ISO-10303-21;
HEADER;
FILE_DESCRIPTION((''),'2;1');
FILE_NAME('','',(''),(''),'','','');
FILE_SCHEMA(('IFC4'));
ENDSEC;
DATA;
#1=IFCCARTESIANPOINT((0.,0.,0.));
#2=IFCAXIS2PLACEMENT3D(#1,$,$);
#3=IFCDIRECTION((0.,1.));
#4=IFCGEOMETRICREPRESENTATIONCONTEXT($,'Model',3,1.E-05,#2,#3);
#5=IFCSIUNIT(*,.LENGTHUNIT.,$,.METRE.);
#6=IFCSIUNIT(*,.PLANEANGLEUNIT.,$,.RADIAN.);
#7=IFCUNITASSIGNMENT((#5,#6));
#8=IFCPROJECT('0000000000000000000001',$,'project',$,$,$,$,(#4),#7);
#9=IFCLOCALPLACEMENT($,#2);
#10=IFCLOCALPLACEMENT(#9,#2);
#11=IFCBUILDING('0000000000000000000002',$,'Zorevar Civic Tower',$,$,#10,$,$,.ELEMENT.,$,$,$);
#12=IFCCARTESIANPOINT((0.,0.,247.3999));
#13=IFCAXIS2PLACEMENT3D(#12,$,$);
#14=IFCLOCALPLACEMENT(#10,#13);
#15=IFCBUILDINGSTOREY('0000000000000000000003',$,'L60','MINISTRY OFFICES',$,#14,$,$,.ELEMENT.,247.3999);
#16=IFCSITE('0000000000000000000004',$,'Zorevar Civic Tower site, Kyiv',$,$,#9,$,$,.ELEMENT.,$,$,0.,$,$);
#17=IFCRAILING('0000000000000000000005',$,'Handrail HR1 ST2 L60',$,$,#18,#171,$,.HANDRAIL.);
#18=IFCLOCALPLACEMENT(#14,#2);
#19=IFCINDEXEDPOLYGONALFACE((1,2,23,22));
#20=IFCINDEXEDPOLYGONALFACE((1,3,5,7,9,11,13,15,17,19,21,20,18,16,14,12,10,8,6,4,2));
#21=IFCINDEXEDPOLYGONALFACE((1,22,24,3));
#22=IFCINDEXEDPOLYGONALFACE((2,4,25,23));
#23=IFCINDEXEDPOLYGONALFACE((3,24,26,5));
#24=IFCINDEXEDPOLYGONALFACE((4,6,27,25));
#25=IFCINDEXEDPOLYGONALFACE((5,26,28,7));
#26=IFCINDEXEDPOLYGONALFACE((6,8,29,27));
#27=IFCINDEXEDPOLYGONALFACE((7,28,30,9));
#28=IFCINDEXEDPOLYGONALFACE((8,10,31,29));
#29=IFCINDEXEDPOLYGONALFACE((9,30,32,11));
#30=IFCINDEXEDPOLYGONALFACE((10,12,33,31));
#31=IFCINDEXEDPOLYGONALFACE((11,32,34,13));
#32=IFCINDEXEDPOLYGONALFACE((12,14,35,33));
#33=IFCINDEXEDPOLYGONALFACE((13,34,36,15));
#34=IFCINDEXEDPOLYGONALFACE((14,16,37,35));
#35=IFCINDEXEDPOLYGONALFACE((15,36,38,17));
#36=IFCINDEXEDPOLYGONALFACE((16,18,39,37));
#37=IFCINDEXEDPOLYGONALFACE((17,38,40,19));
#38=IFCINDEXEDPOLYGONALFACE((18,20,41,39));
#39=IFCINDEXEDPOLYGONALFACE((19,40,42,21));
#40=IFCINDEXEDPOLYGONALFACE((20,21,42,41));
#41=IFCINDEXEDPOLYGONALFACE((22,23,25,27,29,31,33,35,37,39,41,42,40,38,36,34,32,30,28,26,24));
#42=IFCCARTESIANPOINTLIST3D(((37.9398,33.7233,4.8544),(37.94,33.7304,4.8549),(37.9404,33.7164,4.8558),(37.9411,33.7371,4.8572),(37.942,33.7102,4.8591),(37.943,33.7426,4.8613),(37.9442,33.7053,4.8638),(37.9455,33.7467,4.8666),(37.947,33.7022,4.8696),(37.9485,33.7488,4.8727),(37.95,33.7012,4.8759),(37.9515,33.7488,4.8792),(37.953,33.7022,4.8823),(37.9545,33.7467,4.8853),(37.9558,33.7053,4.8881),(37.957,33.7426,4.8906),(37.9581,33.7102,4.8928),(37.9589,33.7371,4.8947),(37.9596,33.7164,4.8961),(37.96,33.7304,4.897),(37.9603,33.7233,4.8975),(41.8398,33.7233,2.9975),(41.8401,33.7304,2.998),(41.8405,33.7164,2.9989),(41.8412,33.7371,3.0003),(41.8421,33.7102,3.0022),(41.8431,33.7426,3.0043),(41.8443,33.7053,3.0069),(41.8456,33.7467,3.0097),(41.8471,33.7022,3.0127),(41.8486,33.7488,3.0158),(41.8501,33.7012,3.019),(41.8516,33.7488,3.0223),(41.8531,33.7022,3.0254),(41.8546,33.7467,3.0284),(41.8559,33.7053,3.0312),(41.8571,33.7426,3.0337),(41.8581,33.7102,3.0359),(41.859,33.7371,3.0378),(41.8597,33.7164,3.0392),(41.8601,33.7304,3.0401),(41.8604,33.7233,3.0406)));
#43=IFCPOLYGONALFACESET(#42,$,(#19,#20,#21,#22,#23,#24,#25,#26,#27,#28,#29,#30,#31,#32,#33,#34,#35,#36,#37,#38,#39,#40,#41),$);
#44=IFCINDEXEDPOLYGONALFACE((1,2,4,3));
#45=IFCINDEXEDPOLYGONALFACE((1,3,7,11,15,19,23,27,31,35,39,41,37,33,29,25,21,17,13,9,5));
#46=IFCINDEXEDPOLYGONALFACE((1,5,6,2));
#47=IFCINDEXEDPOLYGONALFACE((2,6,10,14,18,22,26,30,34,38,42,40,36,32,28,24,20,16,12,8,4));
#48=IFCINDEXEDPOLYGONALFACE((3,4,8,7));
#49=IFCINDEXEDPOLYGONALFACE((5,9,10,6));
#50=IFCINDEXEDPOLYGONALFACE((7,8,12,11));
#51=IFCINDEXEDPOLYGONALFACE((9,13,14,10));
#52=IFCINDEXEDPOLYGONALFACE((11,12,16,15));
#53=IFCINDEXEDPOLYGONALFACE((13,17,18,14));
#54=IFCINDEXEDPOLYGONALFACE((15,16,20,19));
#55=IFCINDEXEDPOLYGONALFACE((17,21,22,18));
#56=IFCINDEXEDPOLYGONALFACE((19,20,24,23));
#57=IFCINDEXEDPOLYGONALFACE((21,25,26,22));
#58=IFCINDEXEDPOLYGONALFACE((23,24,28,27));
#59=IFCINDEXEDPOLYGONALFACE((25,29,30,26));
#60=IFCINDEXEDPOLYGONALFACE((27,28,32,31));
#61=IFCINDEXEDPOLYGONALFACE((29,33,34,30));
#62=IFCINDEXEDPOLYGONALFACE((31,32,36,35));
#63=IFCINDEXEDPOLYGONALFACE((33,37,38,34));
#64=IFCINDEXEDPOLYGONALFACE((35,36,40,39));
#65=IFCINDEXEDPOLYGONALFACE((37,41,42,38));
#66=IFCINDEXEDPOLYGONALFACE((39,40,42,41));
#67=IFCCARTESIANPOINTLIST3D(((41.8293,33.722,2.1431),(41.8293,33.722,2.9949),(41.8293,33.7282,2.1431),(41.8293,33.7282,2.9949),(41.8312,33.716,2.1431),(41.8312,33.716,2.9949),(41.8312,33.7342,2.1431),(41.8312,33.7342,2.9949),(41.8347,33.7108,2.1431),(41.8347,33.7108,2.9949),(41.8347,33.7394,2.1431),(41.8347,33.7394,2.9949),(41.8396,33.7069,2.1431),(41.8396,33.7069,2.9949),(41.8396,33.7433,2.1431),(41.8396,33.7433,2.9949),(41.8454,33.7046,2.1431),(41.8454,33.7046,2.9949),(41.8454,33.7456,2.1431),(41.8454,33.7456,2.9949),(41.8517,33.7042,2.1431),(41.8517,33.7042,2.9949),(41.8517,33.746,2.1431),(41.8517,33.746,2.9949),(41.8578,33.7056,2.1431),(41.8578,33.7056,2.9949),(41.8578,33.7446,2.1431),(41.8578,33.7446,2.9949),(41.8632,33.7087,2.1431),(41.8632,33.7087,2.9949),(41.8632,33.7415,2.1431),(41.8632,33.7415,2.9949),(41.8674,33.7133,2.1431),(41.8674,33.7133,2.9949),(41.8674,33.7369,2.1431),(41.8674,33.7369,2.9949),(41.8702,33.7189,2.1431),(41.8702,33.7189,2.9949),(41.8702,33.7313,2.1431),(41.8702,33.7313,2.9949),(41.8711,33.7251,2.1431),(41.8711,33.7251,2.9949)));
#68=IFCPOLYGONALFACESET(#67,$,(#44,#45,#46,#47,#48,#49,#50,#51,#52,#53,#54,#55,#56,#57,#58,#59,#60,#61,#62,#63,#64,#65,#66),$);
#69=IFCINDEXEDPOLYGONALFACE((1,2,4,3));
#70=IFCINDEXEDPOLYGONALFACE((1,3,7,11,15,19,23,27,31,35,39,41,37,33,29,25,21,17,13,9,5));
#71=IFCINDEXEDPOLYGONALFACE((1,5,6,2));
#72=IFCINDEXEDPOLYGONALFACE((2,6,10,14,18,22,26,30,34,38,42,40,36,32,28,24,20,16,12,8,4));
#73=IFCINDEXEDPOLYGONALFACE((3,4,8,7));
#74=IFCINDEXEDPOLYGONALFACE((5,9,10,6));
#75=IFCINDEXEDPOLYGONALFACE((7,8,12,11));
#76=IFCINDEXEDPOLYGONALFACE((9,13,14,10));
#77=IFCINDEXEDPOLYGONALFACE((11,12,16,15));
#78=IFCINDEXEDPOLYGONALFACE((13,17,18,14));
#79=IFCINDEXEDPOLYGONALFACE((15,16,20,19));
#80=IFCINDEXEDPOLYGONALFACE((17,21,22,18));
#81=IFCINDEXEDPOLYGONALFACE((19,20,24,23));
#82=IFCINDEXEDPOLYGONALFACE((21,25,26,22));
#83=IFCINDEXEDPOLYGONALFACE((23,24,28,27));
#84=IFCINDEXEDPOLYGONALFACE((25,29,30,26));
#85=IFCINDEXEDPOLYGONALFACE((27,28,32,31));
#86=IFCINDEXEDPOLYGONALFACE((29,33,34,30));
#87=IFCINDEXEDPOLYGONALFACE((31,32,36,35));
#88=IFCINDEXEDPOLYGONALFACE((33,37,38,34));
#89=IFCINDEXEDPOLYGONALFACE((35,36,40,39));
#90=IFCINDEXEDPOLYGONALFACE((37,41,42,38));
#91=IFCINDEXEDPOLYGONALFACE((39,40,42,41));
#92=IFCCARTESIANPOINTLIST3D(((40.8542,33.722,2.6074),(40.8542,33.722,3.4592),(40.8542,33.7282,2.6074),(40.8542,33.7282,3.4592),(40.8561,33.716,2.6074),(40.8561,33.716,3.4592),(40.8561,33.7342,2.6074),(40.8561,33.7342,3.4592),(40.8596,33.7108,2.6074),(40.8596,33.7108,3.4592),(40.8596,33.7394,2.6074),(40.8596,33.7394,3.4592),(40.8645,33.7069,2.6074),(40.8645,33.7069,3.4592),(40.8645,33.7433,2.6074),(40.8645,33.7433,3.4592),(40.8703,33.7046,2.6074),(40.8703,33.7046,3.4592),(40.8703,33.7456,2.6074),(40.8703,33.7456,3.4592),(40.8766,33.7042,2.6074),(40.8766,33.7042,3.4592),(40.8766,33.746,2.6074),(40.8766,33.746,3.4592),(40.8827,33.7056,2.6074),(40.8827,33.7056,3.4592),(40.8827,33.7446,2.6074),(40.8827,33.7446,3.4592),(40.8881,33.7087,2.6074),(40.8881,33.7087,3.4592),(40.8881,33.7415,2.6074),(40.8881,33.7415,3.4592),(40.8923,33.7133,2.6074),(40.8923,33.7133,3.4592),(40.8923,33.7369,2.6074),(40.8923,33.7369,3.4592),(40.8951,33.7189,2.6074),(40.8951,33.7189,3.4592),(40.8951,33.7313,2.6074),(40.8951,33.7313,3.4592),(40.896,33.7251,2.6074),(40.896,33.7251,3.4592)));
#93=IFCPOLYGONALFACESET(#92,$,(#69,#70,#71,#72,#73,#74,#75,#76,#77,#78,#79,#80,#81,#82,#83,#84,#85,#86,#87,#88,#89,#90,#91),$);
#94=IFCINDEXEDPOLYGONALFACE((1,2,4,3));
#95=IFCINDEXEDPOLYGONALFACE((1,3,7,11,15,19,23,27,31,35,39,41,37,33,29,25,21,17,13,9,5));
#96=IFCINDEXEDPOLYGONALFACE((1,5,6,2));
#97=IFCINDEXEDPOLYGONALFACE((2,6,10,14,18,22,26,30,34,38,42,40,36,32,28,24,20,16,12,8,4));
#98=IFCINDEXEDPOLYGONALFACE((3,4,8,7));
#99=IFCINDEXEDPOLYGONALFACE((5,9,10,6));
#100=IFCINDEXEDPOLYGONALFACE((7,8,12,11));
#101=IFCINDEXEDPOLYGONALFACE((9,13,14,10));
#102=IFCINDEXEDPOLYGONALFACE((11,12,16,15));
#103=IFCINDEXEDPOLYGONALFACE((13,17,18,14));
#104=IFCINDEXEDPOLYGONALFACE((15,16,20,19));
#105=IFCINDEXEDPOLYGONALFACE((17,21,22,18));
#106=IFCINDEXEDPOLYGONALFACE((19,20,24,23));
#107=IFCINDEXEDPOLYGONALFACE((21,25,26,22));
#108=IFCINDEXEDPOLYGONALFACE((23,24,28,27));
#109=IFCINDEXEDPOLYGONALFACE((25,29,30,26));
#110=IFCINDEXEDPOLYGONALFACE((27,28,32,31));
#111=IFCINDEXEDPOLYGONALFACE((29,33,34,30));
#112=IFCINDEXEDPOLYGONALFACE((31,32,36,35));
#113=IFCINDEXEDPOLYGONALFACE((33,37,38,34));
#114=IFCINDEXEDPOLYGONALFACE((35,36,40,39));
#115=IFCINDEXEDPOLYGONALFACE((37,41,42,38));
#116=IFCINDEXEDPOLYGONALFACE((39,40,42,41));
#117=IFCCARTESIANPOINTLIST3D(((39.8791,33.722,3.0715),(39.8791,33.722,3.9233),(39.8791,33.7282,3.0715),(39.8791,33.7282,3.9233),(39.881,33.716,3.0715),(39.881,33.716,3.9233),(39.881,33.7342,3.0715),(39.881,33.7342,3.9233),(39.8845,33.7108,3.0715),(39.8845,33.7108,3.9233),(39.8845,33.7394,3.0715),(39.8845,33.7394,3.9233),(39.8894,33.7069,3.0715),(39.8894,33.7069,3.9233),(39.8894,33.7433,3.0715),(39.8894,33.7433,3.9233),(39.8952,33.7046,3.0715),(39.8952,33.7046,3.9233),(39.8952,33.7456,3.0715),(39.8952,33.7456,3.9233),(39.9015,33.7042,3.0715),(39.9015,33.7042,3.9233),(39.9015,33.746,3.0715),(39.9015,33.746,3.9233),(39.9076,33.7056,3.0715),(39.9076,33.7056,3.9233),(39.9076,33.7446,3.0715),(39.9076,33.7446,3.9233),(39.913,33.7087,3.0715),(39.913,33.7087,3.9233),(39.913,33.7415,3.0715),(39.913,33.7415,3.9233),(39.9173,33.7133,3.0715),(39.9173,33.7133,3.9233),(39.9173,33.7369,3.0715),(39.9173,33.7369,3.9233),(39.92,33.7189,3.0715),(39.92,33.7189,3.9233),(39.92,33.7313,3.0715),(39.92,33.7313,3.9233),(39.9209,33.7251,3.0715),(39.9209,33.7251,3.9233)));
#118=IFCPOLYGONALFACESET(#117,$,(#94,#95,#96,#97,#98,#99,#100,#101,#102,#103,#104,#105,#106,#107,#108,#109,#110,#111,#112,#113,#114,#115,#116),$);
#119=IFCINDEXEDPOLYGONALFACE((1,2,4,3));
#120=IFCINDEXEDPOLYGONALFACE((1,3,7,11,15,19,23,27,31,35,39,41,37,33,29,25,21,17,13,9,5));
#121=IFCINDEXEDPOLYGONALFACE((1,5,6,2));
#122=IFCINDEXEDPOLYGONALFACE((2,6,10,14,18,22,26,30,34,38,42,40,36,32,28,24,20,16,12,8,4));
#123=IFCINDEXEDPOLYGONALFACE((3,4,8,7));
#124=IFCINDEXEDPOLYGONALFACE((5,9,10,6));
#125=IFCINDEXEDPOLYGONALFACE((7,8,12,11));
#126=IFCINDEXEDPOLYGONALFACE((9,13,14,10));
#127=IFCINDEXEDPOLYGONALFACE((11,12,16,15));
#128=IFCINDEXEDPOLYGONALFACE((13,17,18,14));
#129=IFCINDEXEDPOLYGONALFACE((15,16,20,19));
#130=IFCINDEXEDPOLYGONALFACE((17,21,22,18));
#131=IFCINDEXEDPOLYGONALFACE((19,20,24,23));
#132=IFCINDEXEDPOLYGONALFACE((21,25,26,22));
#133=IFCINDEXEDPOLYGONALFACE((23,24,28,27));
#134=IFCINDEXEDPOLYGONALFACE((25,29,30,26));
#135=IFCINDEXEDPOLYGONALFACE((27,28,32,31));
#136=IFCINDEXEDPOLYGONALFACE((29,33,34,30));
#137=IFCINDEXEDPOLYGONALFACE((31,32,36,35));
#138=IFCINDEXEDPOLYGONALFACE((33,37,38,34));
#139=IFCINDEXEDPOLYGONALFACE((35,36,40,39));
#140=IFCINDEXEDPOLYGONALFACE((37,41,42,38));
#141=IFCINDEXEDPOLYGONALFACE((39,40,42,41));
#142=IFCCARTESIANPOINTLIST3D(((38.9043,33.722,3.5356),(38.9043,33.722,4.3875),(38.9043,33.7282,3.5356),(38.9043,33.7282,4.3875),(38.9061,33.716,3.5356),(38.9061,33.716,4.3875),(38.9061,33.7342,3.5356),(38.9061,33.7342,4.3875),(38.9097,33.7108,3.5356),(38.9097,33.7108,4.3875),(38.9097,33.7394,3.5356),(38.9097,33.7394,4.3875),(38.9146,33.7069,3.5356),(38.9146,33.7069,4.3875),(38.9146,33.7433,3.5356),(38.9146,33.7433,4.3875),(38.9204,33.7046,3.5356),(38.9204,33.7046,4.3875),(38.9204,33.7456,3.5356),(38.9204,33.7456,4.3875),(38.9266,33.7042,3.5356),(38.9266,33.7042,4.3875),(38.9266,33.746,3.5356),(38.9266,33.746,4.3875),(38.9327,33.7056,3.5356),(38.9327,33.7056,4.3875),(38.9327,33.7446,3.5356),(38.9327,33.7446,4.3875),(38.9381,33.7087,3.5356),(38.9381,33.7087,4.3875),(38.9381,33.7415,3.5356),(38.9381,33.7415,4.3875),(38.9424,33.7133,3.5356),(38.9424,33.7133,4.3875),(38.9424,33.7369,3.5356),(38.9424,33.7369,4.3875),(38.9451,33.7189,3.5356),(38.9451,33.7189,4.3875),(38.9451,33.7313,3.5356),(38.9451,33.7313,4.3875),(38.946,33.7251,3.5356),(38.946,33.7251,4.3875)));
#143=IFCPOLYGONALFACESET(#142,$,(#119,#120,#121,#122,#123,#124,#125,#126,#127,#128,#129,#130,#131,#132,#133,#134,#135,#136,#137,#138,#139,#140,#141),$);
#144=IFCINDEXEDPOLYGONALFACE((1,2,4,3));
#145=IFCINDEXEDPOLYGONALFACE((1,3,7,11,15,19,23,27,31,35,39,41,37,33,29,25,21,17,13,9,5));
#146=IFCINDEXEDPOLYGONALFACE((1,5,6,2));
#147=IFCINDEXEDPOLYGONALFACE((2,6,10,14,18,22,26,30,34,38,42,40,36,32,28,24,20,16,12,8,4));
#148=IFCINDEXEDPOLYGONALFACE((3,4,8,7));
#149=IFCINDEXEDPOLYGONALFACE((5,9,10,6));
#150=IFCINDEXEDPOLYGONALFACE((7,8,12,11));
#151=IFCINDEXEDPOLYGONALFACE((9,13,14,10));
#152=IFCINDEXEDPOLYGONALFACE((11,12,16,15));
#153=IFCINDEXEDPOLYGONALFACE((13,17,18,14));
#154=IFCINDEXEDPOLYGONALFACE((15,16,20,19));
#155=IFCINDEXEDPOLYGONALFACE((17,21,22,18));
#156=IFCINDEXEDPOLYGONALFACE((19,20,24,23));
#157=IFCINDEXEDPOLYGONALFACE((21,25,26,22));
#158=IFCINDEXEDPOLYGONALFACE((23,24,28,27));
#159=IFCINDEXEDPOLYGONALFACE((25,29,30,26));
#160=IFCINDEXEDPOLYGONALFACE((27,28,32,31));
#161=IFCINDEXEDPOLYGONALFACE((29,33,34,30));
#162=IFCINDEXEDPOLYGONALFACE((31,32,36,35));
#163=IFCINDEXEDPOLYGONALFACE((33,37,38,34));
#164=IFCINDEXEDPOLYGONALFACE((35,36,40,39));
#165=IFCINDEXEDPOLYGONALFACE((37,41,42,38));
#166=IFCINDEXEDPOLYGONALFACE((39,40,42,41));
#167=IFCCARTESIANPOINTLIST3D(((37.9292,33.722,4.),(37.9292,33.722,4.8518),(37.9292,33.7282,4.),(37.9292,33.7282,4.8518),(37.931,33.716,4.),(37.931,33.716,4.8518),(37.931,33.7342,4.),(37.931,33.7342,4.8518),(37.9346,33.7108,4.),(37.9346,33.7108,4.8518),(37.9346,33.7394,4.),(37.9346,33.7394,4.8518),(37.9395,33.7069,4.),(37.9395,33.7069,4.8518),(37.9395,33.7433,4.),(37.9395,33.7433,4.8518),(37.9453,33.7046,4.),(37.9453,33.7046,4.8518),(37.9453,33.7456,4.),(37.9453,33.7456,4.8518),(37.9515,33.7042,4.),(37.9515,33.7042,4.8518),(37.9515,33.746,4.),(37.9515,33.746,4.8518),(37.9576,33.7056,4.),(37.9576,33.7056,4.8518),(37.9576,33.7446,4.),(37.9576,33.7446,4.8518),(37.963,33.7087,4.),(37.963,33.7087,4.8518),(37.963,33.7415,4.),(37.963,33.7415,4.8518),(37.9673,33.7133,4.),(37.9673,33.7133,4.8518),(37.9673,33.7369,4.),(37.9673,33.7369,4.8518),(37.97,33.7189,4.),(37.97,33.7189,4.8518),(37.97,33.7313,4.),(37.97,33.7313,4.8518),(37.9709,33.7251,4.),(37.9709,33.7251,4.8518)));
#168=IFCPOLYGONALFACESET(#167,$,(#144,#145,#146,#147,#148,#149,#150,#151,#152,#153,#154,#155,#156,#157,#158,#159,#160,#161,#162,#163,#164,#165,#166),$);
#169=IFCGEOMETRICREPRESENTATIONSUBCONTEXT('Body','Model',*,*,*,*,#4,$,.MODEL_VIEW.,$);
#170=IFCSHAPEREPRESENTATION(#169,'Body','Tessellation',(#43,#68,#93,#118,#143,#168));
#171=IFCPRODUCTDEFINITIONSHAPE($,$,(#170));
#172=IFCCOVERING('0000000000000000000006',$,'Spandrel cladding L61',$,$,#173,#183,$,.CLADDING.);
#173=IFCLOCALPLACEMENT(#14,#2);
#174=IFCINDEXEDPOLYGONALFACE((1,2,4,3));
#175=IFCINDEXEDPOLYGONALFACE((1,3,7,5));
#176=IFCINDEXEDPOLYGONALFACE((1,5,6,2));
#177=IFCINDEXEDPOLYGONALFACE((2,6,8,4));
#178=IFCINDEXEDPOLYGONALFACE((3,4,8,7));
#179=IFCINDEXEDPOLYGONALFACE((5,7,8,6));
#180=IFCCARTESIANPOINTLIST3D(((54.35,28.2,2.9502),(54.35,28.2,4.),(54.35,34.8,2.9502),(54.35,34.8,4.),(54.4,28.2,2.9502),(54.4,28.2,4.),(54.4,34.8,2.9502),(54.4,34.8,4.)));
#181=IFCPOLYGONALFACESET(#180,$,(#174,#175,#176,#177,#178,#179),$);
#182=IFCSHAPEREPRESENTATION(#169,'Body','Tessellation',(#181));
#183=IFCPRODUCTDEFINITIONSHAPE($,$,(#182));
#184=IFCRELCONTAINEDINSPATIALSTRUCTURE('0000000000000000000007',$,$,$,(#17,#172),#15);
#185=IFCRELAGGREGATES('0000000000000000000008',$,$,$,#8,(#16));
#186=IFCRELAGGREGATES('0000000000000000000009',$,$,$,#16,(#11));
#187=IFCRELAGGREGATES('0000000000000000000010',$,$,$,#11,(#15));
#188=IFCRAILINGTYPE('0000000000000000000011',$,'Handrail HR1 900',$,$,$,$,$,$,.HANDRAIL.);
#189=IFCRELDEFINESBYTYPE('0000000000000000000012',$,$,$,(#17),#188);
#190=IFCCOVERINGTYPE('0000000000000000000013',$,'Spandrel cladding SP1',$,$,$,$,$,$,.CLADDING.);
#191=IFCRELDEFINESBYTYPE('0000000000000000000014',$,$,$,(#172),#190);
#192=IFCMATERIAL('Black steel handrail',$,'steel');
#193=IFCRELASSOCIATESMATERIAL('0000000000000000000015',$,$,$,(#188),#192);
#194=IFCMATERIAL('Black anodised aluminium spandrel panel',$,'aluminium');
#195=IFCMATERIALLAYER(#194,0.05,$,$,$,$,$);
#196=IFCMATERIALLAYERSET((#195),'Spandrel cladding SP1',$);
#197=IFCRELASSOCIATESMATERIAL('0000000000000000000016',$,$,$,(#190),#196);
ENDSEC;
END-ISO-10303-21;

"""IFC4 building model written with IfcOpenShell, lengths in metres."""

from ifc_helpers import new_model, si_unit, direction, frame, frame_2d, origin, origin_2d, place, context, subcontext, project, spatial, rectangle, circle, extrude, material, layer, layer_set, type_object, element, save


model = new_model("IFC4")

# Units and contexts
model_context = context("Model", 3, precision=1e-05, world=origin(), true_north=direction((0.0, 1.0)))
body_context = subcontext(model_context, "Body", "Model", "MODEL_VIEW")
ifc_project = project(units=[si_unit("LENGTHUNIT", "METRE"), si_unit("PLANEANGLEUNIT", "RADIAN")], contexts=[model_context])

# Site, building, storey
site_placement = place(None, origin())
site = spatial("IfcSite", under=ifc_project, at=site_placement, Name="Zorevar Civic Tower site, Kyiv", CompositionType="ELEMENT", RefElevation=0.0)
building_placement = place(site_placement, origin())
building = spatial("IfcBuilding", under=site, at=building_placement, Name="Zorevar Civic Tower", CompositionType="ELEMENT")
storey_placement = place(building_placement, frame((0.0, 0.0, 247.3999)))
storey = spatial("IfcBuildingStorey", under=building, at=storey_placement, Name="L60", Description="MINISTRY OFFICES", CompositionType="ELEMENT", Elevation=247.3999)

# Railing
ifc_material_1 = material(Name="Black steel handrail", Category="steel")
railing_type = type_object("IfcRailingType", Name="Handrail HR1 900", PredefinedType="HANDRAIL", material=ifc_material_1)
railing_placement = place(storey_placement, frame((41.8501, 33.7251, 2.1431)))
element("IfcRailing", 1, at=railing_placement, inside=storey, type_object=railing_type, Name="Handrail HR1 ST2 L60", PredefinedType="HANDRAIL", context=body_context, shape_type="SweptSolid", body=[
    extrude(circle(Radius=0.0239, at=origin_2d()), frame((0.0, 0.0, 0.876), z_axis=(-0.902886, 0.0, 0.429881), x_axis=(0.0, -1.0, 0.0)), (0.0, 0.0, 1.0), 4.3196),
    extrude(circle(Radius=0.021, at=origin_2d()), origin(), (0.0, 0.0, 1.0), 0.8518),
    extrude(circle(Radius=0.021, at=origin_2d()), frame((-0.9751, 0.0, 0.4644)), (0.0, 0.0, 1.0), 0.8518),
    extrude(circle(Radius=0.021, at=origin_2d()), frame((-1.9502, 0.0, 0.9285)), (0.0, 0.0, 1.0), 0.8518),
    extrude(circle(Radius=0.021, at=origin_2d()), frame((-2.925, 0.0, 1.3926)), (0.0, 0.0, 1.0), 0.8518),
    extrude(circle(Radius=0.021, at=origin_2d()), frame((-3.9001, 0.0, 1.8569)), (0.0, 0.0, 1.0), 0.8518),
])

# Covering
ifc_material_2 = material(Name="Black anodised aluminium spandrel panel", Category="aluminium")
ifc_layer_1 = layer(ifc_material_2, 0.05)
ifc_layer_set_1 = layer_set([ifc_layer_1], Name="Spandrel cladding SP1")
covering_type = type_object("IfcCoveringType", Name="Spandrel cladding SP1", PredefinedType="CLADDING", material=ifc_layer_set_1)
covering_placement = place(storey_placement, frame((54.375, 28.2, 2.9502), z_axis=(0.0, 0.0, 1.0), x_axis=(0.0, 1.0, 0.0)))
element("IfcCovering", 2, at=covering_placement, inside=storey, type_object=covering_type, Name="Spandrel cladding L61", PredefinedType="CLADDING", context=body_context, shape_type="SweptSolid", body=[
    extrude(rectangle(XDim=6.6001, YDim=0.05, at=frame_2d((3.3, 0.0))), origin(), (0.0, 0.0, 1.0), 1.0498),
])

save(model, "model.ifc")
